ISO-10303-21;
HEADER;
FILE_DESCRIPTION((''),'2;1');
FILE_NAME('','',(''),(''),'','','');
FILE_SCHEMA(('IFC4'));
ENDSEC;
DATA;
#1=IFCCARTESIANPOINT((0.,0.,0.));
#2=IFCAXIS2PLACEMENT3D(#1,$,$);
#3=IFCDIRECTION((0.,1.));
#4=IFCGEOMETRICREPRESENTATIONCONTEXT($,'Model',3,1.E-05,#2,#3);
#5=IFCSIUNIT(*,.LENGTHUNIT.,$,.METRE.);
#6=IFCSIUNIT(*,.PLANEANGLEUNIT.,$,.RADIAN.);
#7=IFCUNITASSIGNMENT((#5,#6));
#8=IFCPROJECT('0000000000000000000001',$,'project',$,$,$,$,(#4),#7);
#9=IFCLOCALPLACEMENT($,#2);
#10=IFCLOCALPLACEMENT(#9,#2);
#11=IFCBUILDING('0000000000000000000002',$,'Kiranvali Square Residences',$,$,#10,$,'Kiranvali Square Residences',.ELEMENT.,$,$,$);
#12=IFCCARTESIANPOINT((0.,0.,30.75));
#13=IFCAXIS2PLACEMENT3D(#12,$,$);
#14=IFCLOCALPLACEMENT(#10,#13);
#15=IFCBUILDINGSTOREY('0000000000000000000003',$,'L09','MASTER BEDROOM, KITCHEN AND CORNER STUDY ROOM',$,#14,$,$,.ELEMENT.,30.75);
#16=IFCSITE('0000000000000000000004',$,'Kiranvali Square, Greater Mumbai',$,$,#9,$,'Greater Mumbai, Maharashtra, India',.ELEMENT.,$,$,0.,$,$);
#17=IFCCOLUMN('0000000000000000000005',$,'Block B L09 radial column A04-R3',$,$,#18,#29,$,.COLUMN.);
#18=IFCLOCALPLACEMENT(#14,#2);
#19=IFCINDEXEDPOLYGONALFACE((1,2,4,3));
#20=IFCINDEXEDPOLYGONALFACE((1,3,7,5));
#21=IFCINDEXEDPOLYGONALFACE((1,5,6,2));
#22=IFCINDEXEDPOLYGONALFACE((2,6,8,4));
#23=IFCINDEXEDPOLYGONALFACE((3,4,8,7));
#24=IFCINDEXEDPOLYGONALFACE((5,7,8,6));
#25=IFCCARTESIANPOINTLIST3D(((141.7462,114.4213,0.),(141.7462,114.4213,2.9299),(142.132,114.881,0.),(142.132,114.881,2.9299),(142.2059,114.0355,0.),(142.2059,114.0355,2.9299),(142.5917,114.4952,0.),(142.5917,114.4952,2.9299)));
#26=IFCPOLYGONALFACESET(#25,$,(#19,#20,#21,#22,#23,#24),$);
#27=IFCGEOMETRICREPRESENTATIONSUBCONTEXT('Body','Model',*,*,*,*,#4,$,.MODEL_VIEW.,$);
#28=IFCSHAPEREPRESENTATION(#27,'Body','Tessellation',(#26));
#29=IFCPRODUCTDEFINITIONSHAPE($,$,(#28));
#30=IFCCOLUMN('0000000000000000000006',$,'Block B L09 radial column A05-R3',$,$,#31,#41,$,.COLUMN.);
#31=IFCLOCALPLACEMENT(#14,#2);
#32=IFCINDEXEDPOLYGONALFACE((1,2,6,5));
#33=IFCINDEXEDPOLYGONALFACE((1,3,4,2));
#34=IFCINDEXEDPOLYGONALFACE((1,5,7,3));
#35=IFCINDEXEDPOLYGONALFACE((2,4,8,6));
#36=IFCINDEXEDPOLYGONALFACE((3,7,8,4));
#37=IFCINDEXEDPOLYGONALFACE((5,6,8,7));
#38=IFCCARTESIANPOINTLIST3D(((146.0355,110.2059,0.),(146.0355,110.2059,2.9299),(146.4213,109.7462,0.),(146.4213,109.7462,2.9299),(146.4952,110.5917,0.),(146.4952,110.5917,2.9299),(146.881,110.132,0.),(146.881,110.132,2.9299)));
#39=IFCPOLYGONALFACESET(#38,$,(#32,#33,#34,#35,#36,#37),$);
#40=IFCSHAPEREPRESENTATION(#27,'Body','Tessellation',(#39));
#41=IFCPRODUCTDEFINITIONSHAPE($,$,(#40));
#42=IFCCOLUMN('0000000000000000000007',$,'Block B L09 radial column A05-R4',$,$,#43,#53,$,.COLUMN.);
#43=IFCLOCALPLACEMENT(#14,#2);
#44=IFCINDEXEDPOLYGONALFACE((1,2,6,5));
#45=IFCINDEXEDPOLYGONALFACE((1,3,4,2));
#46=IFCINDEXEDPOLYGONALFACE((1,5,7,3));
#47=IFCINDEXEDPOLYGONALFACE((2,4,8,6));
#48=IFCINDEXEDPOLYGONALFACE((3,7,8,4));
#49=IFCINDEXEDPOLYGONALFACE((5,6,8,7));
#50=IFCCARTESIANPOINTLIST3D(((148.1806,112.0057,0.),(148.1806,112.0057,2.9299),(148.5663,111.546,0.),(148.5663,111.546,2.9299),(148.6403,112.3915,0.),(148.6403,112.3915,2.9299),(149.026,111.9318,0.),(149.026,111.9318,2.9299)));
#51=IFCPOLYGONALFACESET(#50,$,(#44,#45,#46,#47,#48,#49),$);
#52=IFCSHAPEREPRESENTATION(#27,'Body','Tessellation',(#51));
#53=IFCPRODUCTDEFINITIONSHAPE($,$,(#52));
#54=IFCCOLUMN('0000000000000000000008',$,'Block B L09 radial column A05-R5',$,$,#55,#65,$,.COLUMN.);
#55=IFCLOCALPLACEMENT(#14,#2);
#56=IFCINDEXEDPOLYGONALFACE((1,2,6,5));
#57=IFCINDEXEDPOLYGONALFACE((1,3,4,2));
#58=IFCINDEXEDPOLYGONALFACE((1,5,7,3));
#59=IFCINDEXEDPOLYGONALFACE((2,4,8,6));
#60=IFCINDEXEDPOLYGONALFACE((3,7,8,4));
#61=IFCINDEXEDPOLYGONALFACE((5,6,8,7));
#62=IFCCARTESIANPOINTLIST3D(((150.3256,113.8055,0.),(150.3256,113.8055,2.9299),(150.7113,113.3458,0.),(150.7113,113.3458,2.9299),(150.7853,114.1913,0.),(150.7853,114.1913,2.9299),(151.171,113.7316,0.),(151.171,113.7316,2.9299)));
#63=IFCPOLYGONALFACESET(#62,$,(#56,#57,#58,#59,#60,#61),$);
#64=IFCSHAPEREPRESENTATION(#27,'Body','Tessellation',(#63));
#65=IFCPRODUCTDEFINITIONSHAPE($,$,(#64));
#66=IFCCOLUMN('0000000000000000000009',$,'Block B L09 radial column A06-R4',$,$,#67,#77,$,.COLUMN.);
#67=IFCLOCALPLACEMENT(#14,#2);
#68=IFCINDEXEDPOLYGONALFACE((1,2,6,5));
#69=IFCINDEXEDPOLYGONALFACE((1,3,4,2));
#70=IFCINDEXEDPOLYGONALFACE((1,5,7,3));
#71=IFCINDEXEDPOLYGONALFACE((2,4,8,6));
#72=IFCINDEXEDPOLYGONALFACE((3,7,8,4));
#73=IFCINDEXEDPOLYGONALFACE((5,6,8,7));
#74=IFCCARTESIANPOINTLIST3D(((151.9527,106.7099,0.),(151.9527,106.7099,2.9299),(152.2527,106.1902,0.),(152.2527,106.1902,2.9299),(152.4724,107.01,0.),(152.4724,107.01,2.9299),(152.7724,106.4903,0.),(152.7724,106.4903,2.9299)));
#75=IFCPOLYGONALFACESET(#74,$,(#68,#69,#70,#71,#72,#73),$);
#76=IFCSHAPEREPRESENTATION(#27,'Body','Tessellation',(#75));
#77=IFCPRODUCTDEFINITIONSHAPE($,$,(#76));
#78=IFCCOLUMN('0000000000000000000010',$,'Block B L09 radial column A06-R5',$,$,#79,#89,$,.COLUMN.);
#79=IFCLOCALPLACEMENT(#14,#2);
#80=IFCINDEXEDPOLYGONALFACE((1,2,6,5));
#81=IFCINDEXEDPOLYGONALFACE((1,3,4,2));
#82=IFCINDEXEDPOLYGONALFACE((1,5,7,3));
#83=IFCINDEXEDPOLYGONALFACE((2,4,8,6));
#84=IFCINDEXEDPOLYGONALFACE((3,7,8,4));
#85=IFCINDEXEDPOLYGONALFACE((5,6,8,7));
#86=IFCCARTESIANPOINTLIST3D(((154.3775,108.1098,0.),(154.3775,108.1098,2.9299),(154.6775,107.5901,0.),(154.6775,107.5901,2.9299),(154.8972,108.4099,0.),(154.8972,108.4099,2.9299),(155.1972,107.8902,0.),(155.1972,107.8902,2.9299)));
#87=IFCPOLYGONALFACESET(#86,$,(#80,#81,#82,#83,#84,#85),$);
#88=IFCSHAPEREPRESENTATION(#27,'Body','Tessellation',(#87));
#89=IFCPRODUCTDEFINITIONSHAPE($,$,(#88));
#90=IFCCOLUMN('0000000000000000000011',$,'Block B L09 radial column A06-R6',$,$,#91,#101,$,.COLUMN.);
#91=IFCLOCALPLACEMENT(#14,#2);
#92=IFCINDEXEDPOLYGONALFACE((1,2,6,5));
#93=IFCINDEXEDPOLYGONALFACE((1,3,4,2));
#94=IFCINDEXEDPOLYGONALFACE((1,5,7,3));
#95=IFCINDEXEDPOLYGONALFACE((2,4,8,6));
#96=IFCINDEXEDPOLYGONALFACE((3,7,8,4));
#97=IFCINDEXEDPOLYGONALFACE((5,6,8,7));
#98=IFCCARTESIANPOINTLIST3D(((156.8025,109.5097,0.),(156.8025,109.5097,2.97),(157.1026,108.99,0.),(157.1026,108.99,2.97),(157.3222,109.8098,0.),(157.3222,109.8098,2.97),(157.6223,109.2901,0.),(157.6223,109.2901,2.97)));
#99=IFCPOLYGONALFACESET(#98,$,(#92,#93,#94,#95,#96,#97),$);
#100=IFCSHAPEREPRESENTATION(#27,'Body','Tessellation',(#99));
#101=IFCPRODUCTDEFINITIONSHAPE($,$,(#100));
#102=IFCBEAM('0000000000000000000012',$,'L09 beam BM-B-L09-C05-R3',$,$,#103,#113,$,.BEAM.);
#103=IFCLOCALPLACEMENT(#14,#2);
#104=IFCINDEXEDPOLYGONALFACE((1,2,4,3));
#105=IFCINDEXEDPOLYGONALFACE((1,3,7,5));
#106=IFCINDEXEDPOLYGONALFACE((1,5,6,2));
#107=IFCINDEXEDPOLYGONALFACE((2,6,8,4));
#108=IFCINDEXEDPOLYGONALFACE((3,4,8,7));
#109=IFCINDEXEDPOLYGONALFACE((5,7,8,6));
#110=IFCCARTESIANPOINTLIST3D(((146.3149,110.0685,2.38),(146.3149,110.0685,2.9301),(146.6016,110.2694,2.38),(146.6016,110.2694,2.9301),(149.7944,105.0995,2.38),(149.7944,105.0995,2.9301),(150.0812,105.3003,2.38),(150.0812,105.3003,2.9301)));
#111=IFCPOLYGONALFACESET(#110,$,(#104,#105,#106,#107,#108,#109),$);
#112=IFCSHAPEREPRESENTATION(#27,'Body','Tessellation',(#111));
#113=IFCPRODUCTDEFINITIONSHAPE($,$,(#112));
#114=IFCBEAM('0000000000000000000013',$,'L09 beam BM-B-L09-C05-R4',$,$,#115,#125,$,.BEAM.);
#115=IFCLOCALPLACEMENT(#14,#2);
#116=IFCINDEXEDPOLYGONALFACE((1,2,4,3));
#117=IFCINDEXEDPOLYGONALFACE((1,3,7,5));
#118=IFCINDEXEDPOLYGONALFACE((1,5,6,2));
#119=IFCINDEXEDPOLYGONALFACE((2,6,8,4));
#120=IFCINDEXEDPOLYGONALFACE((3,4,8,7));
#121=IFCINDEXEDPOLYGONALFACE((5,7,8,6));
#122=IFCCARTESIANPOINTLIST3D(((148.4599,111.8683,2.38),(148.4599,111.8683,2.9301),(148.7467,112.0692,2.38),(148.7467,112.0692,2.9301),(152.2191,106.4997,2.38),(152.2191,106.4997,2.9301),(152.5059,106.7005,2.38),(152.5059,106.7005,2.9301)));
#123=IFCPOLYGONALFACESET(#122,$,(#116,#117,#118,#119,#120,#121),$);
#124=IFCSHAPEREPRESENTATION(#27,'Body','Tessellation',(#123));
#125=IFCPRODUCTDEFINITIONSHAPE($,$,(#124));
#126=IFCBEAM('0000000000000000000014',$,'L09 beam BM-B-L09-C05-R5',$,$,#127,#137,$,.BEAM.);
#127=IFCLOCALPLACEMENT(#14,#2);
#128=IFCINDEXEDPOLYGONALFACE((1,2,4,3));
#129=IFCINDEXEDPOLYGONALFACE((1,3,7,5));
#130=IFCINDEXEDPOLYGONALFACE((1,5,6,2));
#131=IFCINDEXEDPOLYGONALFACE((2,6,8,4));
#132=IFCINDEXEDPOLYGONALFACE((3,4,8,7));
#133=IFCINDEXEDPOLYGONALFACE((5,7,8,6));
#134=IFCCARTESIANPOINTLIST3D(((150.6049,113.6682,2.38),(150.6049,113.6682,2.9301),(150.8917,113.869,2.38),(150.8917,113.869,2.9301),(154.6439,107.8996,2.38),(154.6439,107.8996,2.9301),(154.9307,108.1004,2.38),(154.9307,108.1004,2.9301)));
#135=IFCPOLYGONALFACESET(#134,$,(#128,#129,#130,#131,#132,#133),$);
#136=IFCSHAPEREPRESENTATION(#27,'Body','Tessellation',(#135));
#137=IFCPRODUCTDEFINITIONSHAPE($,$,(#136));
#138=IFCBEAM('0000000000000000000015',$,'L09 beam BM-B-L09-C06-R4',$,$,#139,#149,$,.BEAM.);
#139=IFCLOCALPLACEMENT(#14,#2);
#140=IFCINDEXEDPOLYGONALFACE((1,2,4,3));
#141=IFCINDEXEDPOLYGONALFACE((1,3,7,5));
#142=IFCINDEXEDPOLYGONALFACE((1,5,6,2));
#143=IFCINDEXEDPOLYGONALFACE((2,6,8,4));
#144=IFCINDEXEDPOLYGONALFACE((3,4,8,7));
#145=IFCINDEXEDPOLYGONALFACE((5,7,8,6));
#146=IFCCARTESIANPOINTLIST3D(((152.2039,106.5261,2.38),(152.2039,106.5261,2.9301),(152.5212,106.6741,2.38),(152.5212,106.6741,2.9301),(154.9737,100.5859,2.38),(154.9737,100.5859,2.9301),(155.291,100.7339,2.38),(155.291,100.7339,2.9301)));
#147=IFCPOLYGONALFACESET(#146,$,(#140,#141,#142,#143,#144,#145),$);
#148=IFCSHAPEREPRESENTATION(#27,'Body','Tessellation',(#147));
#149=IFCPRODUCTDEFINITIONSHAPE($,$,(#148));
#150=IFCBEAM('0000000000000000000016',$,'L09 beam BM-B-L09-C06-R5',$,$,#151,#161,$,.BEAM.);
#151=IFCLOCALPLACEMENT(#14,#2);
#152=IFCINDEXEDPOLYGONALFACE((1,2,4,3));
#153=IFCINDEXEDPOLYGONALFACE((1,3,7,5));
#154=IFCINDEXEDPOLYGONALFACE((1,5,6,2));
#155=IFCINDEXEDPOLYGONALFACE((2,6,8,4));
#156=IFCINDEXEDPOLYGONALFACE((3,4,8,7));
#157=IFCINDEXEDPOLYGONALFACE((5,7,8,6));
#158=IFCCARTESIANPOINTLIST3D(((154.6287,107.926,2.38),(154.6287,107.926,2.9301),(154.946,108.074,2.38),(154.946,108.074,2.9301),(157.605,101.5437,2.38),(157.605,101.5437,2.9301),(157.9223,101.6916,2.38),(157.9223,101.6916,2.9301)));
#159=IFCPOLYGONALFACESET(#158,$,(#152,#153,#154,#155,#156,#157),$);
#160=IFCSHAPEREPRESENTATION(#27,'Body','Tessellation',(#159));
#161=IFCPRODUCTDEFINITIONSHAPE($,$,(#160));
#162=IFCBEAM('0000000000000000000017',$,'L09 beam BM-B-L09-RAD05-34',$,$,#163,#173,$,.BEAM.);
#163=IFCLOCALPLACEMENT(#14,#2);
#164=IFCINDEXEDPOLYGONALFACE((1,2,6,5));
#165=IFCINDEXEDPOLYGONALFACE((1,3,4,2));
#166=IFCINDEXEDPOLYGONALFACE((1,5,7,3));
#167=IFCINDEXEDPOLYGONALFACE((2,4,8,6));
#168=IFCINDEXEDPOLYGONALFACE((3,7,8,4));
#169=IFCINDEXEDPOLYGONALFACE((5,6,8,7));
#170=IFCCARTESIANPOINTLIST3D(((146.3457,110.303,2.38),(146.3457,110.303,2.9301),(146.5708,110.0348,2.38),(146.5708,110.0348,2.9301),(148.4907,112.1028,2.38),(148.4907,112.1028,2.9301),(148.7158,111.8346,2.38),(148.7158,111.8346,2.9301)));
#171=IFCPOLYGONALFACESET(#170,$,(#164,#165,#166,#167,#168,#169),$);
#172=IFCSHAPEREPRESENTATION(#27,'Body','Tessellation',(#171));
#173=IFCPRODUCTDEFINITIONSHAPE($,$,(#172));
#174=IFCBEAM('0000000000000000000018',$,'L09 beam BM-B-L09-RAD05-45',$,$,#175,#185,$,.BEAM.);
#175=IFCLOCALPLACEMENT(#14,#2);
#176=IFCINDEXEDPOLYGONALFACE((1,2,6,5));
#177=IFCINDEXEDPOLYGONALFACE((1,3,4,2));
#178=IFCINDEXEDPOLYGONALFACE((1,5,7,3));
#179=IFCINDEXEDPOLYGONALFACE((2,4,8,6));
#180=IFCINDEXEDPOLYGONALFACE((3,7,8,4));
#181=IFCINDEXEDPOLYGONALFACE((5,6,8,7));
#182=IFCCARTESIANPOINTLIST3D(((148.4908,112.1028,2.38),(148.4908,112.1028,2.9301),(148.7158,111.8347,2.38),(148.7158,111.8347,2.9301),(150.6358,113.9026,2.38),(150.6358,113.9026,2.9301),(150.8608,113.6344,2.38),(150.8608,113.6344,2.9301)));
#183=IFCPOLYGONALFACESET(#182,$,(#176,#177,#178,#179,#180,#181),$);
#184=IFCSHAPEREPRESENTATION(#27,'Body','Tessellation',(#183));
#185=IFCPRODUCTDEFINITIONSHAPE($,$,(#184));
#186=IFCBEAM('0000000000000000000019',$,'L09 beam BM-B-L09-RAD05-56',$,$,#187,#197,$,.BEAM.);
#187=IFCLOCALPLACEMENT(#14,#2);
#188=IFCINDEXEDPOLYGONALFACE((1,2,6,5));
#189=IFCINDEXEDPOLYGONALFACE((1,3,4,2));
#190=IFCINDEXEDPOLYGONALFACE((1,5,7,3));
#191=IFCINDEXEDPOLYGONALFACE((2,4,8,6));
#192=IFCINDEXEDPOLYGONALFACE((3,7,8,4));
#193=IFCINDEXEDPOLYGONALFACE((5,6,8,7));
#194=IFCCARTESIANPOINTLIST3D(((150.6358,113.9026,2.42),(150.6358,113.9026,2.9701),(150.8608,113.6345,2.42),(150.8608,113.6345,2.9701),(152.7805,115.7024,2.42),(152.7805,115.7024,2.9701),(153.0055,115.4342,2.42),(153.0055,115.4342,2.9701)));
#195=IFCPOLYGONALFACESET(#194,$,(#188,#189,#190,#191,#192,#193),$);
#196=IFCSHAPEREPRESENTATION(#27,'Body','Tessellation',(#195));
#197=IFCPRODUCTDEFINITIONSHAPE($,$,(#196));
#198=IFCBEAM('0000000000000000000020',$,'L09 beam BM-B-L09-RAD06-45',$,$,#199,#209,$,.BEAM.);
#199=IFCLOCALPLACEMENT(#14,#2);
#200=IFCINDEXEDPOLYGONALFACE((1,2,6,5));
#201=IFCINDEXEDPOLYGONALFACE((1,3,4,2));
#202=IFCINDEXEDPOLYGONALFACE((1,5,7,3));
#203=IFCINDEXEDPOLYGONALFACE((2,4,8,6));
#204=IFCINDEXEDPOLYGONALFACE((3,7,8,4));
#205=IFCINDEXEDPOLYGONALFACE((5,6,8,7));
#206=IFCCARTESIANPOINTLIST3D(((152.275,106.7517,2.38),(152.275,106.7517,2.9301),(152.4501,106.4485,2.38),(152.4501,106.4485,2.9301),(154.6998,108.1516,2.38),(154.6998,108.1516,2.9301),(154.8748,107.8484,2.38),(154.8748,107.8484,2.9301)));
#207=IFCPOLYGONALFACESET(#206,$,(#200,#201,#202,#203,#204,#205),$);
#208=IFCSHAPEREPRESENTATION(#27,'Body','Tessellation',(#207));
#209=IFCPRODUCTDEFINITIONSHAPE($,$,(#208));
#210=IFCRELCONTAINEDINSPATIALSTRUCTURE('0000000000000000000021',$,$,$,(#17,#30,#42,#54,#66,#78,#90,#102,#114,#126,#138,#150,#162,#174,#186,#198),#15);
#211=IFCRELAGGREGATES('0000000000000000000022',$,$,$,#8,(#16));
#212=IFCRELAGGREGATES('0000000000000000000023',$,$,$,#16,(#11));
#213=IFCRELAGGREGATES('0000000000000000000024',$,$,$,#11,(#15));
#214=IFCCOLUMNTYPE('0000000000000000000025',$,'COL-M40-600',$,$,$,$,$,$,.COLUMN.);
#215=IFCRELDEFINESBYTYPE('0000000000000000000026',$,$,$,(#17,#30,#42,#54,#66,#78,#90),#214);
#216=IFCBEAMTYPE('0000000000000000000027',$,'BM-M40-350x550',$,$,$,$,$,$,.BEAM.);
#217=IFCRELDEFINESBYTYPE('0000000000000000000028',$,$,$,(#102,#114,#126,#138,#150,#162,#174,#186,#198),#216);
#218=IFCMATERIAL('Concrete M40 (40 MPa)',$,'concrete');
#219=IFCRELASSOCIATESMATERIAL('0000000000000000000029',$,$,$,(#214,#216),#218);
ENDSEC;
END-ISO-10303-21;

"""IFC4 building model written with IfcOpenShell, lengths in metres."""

from ifc_helpers import new_model, si_unit, direction, frame, origin, origin_2d, place, context, subcontext, project, spatial, rectangle, extrude, material, material_profile, profile_set, type_object, element, save


model = new_model("IFC4")

# Units and contexts
model_context = context("Model", 3, precision=1e-05, world=origin(), true_north=direction((0.0, 1.0)))
body_context = subcontext(model_context, "Body", "Model", "MODEL_VIEW")
ifc_project = project(units=[si_unit("LENGTHUNIT", "METRE"), si_unit("PLANEANGLEUNIT", "RADIAN")], contexts=[model_context])

# Site, building, storey
site_placement = place(None, origin())
site = spatial("IfcSite", under=ifc_project, at=site_placement, Name="Kiranvali Square, Greater Mumbai", LongName="Greater Mumbai, Maharashtra, India", CompositionType="ELEMENT", RefElevation=0.0)
building_placement = place(site_placement, origin())
building = spatial("IfcBuilding", under=site, at=building_placement, Name="Kiranvali Square Residences", LongName="Kiranvali Square Residences", CompositionType="ELEMENT")
storey_placement = place(building_placement, frame((0.0, 0.0, 30.75)))
storey = spatial("IfcBuildingStorey", under=building, at=storey_placement, Name="L09", Description="MASTER BEDROOM, KITCHEN AND CORNER STUDY ROOM", CompositionType="ELEMENT", Elevation=30.75)

# Columns
ifc_material_1 = material(Name="Concrete M40 (40 MPa)", Category="concrete")
ifc_material_profile_1 = material_profile(ifc_material_1, rectangle(XDim=0.6001, YDim=0.6001, at=origin_2d()), Name="RC 600x600")
ifc_profile_set_1 = profile_set([ifc_material_profile_1], Name="Concrete M40 (40 MPa)")
column_type = type_object("IfcColumnType", Name="COL-M40-600", PredefinedType="COLUMN", material=ifc_profile_set_1)
for number, where, z_axis, x_axis, name in (
    (1, (142.1689, 114.4583, 0.0), (0.0, 0.0, 1.0), (-0.766044, 0.642788, 0.0), "Block B L09 radial column A04-R3"),
    (2, (146.4583, 110.1689, 0.0), (0.0, 0.0, 1.0), (-0.642788, 0.766044, 0.0), "Block B L09 radial column A05-R3"),
    (3, (148.6033, 111.9688, 0.0), (0.0, 0.0, 1.0), (-0.642788, 0.766044, 0.0), "Block B L09 radial column A05-R4"),
    (4, (150.7483, 113.7686, 0.0), (0.0, 0.0, 1.0), (-0.642788, 0.766044, 0.0), "Block B L09 radial column A05-R5"),
    (5, (152.3625, 106.6001, 0.0), (0.0, 0.0, 1.0), (-0.5, 0.866025, 0.0), "Block B L09 radial column A06-R4"),
    (6, (154.7874, 108.0, 0.0), (0.0, 0.0, 1.0), (-0.5, 0.866025, 0.0), "Block B L09 radial column A06-R5"),
):
    element("IfcColumn", number, at=place(storey_placement, frame(where, z_axis=z_axis, x_axis=x_axis)), inside=storey, type_object=column_type, Name=name, PredefinedType="COLUMN", context=body_context, shape_type="SweptSolid", body=[
        extrude(rectangle(XDim=0.6001, YDim=0.6001, at=origin_2d()), origin(), (0.0, 0.0, 1.0), 2.9299),
    ])
column_placement = place(storey_placement, frame((157.2124, 109.3999, 0.0), z_axis=(0.0, 0.0, 1.0), x_axis=(-0.5, 0.866025, 0.0)))
element("IfcColumn", 7, at=column_placement, inside=storey, type_object=column_type, Name="Block B L09 radial column A06-R6", PredefinedType="COLUMN", context=body_context, shape_type="SweptSolid", body=[
    extrude(rectangle(XDim=0.6001, YDim=0.6001, at=origin_2d()), origin(), (0.0, 0.0, 1.0), 2.97),
])

# Beams
ifc_material_profile_2 = material_profile(ifc_material_1, rectangle(XDim=0.3501, YDim=0.55, at=origin_2d()), Name="RC 350x550")
ifc_profile_set_2 = profile_set([ifc_material_profile_2], Name="Concrete M40 (40 MPa)")
beam_type_1 = type_object("IfcBeamType", Name="BM-M40-350x550", PredefinedType="BEAM", material=ifc_profile_set_2)
beam_1_placement = place(storey_placement, frame((146.4583, 110.1689, 2.655), z_axis=(0.573595, -0.819139, 0.0), x_axis=(0.819139, 0.573595, 0.0)))
element("IfcBeam", 8, at=beam_1_placement, inside=storey, type_object=beam_type_1, Name="L09 beam BM-B-L09-C05-R3", PredefinedType="BEAM", context=body_context, shape_type="SweptSolid", body=[
    extrude(rectangle(XDim=0.3501, YDim=0.55, at=origin_2d()), origin(), (0.0, 0.0, 1.0), 6.0662),
])
beam_2_placement = place(storey_placement, frame((148.6033, 111.9688, 2.655), z_axis=(0.573587, -0.819144, 0.0), x_axis=(0.819144, 0.573587, 0.0)))
element("IfcBeam", 9, at=beam_2_placement, inside=storey, type_object=beam_type_1, Name="L09 beam BM-B-L09-C05-R4", PredefinedType="BEAM", context=body_context, shape_type="SweptSolid", body=[
    extrude(rectangle(XDim=0.3501, YDim=0.55, at=origin_2d()), origin(), (0.0, 0.0, 1.0), 6.554),
])
beam_3_placement = place(storey_placement, frame((150.7483, 113.7686, 2.655), z_axis=(0.573565, -0.81916, 0.0), x_axis=(0.81916, 0.573565, 0.0)))
element("IfcBeam", 10, at=beam_3_placement, inside=storey, type_object=beam_type_1, Name="L09 beam BM-B-L09-C05-R5", PredefinedType="BEAM", context=body_context, shape_type="SweptSolid", body=[
    extrude(rectangle(XDim=0.3501, YDim=0.55, at=origin_2d()), origin(), (0.0, 0.0, 1.0), 7.042),
])
beam_4_placement = place(storey_placement, frame((152.3625, 106.6001, 2.655), z_axis=(0.422596, -0.906318, 0.0), x_axis=(0.906318, 0.422596, 0.0)))
element("IfcBeam", 11, at=beam_4_placement, inside=storey, type_object=beam_type_1, Name="L09 beam BM-B-L09-C06-R4", PredefinedType="BEAM", context=body_context, shape_type="SweptSolid", body=[
    extrude(rectangle(XDim=0.3501, YDim=0.55, at=origin_2d()), origin(), (0.0, 0.0, 1.0), 6.5542),
])
beam_5_placement = place(storey_placement, frame((154.7874, 108.0, 2.655), z_axis=(0.422641, -0.906297, 0.0), x_axis=(0.906297, 0.422641, 0.0)))
element("IfcBeam", 12, at=beam_5_placement, inside=storey, type_object=beam_type_1, Name="L09 beam BM-B-L09-C06-R5", PredefinedType="BEAM", context=body_context, shape_type="SweptSolid", body=[
    extrude(rectangle(XDim=0.3501, YDim=0.55, at=origin_2d()), origin(), (0.0, 0.0, 1.0), 7.0422),
])
for number, where, z_axis, x_axis, name in (
    (13, (146.4583, 110.1689, 2.655), (0.766059, 0.642771, 0.0), (-0.642771, 0.766059, 0.0), "L09 beam BM-B-L09-RAD05-34"),
    (14, (148.6033, 111.9688, 2.655), (0.766059, 0.642771, 0.0), (-0.642771, 0.766059, 0.0), "L09 beam BM-B-L09-RAD05-45"),
):
    element("IfcBeam", number, at=place(storey_placement, frame(where, z_axis=z_axis, x_axis=x_axis)), inside=storey, type_object=beam_type_1, Name=name, PredefinedType="BEAM", context=body_context, shape_type="SweptSolid", body=[
        extrude(rectangle(XDim=0.3501, YDim=0.55, at=origin_2d()), origin(), (0.0, 0.0, 1.0), 2.8),
    ])
for number, where, z_axis, x_axis, name in (
    (15, (150.7483, 113.7686, 2.6951), (0.766023, 0.642814, 0.0), (-0.642814, 0.766023, 0.0), "L09 beam BM-B-L09-RAD05-56"),
    (16, (152.3625, 106.6001, 2.655), (0.866035, 0.499984, 0.0), (-0.499984, 0.866035, 0.0), "L09 beam BM-B-L09-RAD06-45"),
):
    element("IfcBeam", number, at=place(storey_placement, frame(where, z_axis=z_axis, x_axis=x_axis)), inside=storey, type_object=beam_type_1, Name=name, PredefinedType="BEAM", context=body_context, shape_type="SweptSolid", body=[
        extrude(rectangle(XDim=0.3501, YDim=0.55, at=origin_2d()), origin(), (0.0, 0.0, 1.0), 2.7998),
    ])

save(model, "model.ifc")
